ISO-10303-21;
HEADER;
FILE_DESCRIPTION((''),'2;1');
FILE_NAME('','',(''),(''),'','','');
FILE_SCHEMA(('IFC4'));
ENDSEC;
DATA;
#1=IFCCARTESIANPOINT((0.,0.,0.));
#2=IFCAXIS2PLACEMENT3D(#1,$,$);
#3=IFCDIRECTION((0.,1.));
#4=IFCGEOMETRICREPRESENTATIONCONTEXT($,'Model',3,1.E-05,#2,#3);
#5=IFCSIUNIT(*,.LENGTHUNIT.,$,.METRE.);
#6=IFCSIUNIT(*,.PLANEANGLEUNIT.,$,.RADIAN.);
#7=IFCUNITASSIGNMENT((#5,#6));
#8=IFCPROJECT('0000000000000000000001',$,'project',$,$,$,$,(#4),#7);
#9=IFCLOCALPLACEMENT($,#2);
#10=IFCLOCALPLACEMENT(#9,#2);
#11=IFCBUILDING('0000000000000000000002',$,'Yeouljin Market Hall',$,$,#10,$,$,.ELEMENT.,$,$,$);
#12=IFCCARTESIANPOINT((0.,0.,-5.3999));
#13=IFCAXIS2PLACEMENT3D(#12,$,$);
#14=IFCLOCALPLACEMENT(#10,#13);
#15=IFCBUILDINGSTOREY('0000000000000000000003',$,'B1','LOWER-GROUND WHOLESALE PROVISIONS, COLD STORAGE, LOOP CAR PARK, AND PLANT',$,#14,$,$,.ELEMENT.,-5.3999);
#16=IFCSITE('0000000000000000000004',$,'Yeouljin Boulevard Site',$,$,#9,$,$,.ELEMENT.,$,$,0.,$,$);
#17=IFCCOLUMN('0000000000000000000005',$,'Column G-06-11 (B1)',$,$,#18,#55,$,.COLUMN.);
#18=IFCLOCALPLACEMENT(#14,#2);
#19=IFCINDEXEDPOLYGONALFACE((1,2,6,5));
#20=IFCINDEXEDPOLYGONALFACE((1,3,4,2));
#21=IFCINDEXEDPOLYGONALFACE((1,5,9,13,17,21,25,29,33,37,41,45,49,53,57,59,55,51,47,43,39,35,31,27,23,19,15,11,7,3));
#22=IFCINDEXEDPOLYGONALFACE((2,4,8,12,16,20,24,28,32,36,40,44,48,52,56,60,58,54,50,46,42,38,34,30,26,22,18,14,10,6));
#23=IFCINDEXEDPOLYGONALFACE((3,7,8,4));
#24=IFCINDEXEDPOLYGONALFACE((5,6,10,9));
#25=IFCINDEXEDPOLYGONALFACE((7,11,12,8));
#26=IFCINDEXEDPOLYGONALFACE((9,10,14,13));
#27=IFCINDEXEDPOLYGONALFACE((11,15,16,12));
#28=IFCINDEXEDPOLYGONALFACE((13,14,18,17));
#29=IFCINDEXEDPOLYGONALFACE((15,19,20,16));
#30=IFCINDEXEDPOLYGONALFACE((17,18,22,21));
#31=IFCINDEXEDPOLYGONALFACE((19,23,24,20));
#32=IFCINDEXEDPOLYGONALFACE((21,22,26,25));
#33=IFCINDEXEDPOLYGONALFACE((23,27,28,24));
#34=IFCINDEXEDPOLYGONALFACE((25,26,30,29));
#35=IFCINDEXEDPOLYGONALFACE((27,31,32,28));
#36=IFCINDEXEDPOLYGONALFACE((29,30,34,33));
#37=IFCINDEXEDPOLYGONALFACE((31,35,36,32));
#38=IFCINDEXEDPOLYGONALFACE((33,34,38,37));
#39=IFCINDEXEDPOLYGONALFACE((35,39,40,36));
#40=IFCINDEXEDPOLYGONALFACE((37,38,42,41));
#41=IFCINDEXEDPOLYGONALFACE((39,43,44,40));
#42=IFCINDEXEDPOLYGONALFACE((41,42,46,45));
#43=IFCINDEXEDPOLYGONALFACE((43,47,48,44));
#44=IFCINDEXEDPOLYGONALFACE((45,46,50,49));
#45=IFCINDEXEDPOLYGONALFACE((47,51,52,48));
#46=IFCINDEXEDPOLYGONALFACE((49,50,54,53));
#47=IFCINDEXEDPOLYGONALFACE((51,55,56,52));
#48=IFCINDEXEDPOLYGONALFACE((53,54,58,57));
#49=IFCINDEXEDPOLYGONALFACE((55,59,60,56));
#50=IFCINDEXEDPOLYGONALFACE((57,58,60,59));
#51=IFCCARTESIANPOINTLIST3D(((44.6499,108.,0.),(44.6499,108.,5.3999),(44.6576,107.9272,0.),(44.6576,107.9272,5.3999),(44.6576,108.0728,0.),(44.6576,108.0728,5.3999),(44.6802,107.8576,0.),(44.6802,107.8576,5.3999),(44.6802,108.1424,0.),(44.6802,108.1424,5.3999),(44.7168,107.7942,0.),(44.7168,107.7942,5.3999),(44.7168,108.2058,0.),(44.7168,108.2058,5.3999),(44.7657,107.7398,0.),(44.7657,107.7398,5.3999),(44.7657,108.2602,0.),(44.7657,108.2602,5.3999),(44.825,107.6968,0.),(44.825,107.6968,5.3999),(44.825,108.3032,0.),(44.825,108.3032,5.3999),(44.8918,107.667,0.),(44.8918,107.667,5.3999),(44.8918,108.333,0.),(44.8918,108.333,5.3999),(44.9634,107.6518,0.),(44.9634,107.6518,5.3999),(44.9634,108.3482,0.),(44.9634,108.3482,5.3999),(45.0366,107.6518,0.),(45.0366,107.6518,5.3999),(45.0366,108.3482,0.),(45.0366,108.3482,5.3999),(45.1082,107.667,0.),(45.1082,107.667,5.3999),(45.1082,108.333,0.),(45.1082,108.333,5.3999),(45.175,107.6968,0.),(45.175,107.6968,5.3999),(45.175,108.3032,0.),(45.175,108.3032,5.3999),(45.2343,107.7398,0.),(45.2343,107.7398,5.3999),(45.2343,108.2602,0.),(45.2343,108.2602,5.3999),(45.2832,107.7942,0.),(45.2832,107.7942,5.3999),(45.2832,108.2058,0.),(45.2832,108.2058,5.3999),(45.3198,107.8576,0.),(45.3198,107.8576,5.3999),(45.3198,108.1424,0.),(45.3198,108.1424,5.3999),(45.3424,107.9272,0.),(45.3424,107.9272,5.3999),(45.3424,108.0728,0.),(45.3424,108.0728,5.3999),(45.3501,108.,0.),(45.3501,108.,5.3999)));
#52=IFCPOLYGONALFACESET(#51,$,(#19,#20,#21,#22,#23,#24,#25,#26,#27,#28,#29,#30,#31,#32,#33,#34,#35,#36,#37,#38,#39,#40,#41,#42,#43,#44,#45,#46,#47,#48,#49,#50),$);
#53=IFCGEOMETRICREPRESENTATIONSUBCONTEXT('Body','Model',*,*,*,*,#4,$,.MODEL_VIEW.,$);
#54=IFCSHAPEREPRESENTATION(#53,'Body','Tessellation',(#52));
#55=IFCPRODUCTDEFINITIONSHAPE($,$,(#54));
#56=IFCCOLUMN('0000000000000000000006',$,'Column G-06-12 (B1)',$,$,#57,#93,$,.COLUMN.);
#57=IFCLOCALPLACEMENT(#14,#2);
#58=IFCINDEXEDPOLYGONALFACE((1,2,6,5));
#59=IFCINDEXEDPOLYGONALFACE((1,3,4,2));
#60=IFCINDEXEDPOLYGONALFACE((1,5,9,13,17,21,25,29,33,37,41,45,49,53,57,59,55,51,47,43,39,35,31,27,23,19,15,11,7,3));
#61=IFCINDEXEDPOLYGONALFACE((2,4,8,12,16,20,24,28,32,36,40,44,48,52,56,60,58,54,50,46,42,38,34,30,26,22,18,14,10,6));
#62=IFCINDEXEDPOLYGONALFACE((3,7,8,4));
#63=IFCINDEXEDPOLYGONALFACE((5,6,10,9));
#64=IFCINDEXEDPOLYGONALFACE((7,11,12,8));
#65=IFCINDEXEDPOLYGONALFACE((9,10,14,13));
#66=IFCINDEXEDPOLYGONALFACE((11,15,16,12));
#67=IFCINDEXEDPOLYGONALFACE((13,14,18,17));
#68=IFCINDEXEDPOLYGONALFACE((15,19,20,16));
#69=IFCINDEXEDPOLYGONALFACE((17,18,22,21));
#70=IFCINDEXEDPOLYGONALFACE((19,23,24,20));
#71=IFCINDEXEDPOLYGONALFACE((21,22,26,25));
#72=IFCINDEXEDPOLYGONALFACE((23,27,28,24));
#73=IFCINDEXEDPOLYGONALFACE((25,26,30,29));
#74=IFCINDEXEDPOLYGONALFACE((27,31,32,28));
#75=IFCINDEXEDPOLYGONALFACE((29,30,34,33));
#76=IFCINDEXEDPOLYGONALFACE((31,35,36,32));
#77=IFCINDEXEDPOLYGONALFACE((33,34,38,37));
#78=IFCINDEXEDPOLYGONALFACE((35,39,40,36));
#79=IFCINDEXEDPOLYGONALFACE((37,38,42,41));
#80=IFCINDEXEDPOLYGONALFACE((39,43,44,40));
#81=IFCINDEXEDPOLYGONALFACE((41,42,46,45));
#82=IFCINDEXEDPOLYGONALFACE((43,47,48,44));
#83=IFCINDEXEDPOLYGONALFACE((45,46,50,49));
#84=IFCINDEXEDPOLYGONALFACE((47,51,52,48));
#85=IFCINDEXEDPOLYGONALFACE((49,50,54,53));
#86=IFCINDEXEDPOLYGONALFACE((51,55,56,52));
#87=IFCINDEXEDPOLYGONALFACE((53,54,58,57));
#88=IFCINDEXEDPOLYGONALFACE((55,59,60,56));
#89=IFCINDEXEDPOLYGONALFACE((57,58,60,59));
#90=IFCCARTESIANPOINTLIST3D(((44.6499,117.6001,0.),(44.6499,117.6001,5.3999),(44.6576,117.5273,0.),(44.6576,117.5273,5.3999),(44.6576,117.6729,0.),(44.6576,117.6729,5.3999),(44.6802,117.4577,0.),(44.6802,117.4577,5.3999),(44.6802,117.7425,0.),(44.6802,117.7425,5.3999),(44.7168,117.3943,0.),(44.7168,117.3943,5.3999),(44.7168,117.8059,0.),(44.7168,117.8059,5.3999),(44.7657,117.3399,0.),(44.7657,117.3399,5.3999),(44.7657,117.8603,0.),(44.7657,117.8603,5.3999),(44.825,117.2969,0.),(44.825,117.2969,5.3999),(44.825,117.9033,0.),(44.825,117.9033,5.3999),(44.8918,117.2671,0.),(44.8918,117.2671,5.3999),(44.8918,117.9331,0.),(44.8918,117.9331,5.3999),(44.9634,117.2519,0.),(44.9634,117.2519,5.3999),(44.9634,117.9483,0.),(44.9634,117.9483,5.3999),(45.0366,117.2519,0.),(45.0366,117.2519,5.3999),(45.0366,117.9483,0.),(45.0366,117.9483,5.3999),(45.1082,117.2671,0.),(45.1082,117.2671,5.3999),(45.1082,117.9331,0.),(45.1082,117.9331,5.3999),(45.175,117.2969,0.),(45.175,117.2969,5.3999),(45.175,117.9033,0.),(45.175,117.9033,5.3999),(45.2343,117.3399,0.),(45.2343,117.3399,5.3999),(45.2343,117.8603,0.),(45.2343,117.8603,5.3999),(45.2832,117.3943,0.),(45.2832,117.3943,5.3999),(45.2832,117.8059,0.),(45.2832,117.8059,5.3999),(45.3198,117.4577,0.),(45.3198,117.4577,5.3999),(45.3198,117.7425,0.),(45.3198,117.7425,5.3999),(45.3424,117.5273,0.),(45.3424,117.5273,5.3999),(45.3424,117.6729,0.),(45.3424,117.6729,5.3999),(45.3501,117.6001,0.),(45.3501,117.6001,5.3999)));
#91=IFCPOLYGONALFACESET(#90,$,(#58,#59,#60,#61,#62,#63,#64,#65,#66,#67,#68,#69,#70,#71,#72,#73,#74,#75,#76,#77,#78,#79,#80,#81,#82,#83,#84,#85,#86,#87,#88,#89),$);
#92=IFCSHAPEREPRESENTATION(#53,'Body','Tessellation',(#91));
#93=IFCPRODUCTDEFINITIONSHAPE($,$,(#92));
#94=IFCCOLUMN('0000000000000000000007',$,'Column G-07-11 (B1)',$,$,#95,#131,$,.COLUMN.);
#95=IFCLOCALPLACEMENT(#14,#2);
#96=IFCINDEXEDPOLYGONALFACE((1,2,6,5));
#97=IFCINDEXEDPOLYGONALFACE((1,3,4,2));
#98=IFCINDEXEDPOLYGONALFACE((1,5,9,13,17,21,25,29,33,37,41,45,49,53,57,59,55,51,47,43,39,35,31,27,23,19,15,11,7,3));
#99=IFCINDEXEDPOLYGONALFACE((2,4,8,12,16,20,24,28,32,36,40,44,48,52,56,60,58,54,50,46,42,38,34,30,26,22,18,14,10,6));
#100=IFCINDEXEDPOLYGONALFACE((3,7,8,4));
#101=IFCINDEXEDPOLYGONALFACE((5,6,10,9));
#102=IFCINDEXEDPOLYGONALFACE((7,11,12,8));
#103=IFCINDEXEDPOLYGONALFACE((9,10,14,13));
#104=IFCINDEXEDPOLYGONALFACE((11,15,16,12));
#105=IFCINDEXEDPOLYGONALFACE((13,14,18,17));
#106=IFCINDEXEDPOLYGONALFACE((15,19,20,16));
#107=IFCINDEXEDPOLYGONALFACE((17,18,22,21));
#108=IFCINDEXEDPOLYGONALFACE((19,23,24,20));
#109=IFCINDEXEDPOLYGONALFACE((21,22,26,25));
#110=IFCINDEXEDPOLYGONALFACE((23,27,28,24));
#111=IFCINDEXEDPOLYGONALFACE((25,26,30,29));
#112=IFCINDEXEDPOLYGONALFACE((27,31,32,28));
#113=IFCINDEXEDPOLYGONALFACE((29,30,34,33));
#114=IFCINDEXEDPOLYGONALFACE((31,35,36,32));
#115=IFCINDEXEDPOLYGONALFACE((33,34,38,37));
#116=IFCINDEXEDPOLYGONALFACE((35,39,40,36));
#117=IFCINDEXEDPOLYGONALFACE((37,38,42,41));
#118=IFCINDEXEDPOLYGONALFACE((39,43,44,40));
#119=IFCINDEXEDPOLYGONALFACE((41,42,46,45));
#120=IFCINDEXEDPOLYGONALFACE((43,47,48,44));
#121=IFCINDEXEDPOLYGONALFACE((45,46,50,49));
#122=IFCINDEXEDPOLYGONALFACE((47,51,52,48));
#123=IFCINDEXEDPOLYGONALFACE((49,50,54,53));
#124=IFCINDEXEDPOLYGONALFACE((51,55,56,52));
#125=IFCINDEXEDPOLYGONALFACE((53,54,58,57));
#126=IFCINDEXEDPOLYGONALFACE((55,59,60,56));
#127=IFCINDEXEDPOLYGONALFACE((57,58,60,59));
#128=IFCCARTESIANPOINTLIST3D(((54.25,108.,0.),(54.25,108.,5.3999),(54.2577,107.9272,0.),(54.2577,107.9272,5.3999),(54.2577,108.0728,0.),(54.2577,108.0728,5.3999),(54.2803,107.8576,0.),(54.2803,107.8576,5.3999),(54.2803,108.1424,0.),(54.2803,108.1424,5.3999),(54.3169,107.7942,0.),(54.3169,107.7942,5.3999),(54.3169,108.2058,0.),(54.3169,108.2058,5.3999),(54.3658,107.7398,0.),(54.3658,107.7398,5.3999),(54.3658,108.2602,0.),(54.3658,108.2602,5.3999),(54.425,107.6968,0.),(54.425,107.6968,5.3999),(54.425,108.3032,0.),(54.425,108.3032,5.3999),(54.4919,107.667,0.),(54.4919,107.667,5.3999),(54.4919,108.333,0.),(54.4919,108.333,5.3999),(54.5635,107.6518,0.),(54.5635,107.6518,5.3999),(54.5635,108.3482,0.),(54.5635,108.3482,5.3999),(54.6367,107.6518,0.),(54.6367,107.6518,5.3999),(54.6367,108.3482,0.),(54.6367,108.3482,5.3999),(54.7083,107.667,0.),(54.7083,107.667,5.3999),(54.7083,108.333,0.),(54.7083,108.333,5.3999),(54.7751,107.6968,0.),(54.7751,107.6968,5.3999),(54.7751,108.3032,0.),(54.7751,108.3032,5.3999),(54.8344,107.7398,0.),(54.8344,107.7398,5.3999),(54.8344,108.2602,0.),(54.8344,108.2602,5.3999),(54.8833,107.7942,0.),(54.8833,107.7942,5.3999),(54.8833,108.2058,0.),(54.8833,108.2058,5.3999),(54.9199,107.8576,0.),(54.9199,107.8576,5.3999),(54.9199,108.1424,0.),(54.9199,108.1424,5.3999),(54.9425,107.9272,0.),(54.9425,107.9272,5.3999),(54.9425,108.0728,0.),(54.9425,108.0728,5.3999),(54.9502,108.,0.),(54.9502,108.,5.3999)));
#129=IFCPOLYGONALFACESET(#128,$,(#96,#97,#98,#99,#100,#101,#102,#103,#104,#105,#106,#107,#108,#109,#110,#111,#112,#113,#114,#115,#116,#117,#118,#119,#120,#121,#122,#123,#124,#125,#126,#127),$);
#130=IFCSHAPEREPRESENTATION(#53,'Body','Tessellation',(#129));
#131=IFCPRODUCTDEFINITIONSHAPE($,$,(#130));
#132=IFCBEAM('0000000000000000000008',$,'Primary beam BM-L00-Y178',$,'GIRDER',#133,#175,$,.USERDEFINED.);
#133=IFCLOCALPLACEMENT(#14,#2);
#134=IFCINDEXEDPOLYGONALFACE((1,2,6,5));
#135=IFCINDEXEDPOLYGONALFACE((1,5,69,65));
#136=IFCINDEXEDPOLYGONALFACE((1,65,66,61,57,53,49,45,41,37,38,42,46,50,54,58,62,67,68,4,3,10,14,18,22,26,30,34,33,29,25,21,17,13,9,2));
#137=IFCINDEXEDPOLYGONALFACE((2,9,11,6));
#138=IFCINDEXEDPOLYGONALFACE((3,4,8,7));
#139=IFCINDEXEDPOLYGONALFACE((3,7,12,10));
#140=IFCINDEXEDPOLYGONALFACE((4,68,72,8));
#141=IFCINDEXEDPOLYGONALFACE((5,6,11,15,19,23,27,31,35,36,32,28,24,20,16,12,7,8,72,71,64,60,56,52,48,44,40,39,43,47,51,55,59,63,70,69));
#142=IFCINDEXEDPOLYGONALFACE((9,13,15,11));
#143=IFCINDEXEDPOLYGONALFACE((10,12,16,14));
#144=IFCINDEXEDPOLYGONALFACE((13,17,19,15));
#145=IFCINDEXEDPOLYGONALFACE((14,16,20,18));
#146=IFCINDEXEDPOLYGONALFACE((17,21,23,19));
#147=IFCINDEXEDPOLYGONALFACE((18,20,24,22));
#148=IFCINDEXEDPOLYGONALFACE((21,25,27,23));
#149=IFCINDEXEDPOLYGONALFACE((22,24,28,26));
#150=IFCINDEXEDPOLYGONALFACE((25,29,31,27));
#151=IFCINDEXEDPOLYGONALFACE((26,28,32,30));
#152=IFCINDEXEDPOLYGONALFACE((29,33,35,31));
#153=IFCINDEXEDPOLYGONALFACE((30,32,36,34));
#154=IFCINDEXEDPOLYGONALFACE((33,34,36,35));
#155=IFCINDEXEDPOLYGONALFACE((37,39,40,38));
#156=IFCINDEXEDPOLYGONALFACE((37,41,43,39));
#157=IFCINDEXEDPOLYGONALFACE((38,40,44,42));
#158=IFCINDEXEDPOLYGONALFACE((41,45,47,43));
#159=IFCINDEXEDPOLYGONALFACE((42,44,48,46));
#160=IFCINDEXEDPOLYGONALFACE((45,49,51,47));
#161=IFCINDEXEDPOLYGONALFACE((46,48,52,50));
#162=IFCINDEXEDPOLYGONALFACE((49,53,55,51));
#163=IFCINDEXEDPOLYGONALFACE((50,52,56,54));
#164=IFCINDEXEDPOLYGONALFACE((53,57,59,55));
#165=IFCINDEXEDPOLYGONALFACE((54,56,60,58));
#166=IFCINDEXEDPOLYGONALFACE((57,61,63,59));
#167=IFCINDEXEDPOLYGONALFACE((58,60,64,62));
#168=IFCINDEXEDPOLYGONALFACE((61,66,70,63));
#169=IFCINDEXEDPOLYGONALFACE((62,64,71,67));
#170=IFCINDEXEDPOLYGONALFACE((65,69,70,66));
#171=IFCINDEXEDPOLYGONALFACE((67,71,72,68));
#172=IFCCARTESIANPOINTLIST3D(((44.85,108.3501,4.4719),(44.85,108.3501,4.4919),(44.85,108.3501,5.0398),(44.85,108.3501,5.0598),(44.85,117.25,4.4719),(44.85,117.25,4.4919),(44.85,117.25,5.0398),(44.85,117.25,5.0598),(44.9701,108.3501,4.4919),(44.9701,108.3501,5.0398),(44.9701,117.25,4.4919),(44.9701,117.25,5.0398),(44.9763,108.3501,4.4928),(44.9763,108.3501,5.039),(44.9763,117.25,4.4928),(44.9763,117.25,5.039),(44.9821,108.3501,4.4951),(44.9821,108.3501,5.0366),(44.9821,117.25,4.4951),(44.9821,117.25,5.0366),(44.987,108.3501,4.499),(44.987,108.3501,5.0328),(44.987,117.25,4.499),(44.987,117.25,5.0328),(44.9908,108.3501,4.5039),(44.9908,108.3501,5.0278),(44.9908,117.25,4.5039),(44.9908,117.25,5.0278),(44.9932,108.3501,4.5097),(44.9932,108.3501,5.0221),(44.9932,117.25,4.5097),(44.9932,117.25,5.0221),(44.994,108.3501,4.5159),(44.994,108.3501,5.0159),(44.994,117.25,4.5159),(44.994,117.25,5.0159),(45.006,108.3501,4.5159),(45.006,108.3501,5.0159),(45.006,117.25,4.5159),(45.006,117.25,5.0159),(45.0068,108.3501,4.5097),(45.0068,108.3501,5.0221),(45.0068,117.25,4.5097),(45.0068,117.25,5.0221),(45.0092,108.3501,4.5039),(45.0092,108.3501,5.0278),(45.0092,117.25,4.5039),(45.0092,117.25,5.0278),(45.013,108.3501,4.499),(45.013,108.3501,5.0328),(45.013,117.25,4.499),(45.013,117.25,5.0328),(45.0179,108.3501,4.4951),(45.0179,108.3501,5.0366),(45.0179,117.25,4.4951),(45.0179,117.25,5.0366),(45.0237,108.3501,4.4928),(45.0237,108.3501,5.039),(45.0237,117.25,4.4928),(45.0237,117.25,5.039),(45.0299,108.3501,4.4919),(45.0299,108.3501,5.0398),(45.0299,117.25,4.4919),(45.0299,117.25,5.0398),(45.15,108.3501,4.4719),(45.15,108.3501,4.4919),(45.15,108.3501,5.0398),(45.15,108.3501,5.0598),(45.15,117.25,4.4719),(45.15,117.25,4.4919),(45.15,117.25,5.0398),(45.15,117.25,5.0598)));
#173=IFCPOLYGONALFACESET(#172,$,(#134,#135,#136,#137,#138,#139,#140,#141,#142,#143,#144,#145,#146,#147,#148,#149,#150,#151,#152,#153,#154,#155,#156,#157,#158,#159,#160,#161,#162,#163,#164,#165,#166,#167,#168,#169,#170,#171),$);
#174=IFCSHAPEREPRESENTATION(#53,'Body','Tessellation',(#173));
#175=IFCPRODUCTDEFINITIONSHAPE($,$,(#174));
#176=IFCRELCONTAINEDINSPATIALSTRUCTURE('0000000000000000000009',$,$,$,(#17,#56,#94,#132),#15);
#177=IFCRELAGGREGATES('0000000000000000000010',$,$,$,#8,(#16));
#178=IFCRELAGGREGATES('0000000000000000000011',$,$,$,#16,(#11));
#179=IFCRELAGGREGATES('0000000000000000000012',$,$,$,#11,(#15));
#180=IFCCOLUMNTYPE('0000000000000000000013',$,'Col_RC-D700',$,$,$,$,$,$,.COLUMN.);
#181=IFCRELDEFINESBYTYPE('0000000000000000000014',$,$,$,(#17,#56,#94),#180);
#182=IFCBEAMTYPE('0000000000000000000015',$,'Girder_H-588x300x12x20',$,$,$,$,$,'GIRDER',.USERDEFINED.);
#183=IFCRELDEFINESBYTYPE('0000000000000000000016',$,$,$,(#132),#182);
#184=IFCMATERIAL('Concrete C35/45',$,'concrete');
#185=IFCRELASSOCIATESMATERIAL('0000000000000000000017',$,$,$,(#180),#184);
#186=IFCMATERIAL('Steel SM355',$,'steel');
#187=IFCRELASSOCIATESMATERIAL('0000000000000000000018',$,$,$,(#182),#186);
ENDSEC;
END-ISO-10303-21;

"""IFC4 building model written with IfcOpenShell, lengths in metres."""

from ifc_helpers import new_model, si_unit, direction, frame, origin, origin_2d, place, context, subcontext, project, spatial, circle, i_section, extrude, material, material_profile, profile_set, type_object, element, save


model = new_model("IFC4")

# Units and contexts
model_context = context("Model", 3, precision=1e-05, world=origin(), true_north=direction((0.0, 1.0)))
body_context = subcontext(model_context, "Body", "Model", "MODEL_VIEW")
ifc_project = project(units=[si_unit("LENGTHUNIT", "METRE"), si_unit("PLANEANGLEUNIT", "RADIAN")], contexts=[model_context])

# Site, building, storey
site_placement = place(None, origin())
site = spatial("IfcSite", under=ifc_project, at=site_placement, Name="Yeouljin Boulevard Site", CompositionType="ELEMENT", RefElevation=0.0)
building_placement = place(site_placement, origin())
building = spatial("IfcBuilding", under=site, at=building_placement, Name="Yeouljin Market Hall", CompositionType="ELEMENT")
storey_placement = place(building_placement, frame((0.0, 0.0, -5.3999)))
storey = spatial("IfcBuildingStorey", under=building, at=storey_placement, Name="B1", Description="LOWER-GROUND WHOLESALE PROVISIONS, COLD STORAGE, LOOP CAR PARK, AND PLANT", CompositionType="ELEMENT", Elevation=-5.3999)

# Columns
ifc_material_1 = material(Name="Concrete C35/45", Category="concrete")
ifc_material_profile_1 = material_profile(ifc_material_1, circle(Radius=0.3501, at=origin_2d()), Name="RC-D700")
ifc_profile_set_1 = profile_set([ifc_material_profile_1], Name="Concrete C35/45")
column_type_1 = type_object("IfcColumnType", Name="Col_RC-D700", PredefinedType="COLUMN", material=ifc_profile_set_1)
for number, where, z_axis, x_axis, name in (
    (1, (45.0, 108.0, 0.0), (0.0, 0.0, 1.0), (1.0, 0.0, 0.0), "Column G-06-11 (B1)"),
    (2, (45.0, 117.6001, 0.0), (0.0, 0.0, 1.0), (1.0, 0.0, 0.0), "Column G-06-12 (B1)"),
    (3, (54.6001, 108.0, 0.0), (0.0, 0.0, 1.0), (1.0, 0.0, 0.0), "Column G-07-11 (B1)"),
):
    element("IfcColumn", number, at=place(storey_placement, frame(where, z_axis=z_axis, x_axis=x_axis)), inside=storey, type_object=column_type_1, Name=name, PredefinedType="COLUMN", context=body_context, shape_type="SweptSolid", body=[
        extrude(circle(Radius=0.3501, at=origin_2d()), origin(), (0.0, 0.0, 1.0), 5.3999),
    ])

# Beam
ifc_material_2 = material(Name="Steel SM355", Category="steel")
ifc_material_profile_2 = material_profile(ifc_material_2, i_section(OverallWidth=0.3, OverallDepth=0.5879, WebThickness=0.012, FlangeThickness=0.02, FilletRadius=0.0239, at=origin_2d()), Name="H-588x300x12x20")
ifc_profile_set_2 = profile_set([ifc_material_profile_2], Name="Steel SM355")
beam_type_1 = type_object("IfcBeamType", Name="Girder_H-588x300x12x20", ElementType="GIRDER", PredefinedType="USERDEFINED", material=ifc_profile_set_2)
beam_1_placement = place(storey_placement, frame((45.0, 108.3501, 4.7659), z_axis=(0.0, 1.0, 0.0), x_axis=(-1.0, 0.0, 0.0)))
element("IfcBeam", 4, at=beam_1_placement, inside=storey, type_object=beam_type_1, Name="Primary beam BM-L00-Y178", ObjectType="GIRDER", PredefinedType="USERDEFINED", context=body_context, shape_type="SweptSolid", body=[
    extrude(i_section(OverallWidth=0.3, OverallDepth=0.5879, WebThickness=0.012, FlangeThickness=0.02, FilletRadius=0.0239, at=origin_2d()), origin(), (0.0, 0.0, 1.0), 8.8999),
])

save(model, "model.ifc")
